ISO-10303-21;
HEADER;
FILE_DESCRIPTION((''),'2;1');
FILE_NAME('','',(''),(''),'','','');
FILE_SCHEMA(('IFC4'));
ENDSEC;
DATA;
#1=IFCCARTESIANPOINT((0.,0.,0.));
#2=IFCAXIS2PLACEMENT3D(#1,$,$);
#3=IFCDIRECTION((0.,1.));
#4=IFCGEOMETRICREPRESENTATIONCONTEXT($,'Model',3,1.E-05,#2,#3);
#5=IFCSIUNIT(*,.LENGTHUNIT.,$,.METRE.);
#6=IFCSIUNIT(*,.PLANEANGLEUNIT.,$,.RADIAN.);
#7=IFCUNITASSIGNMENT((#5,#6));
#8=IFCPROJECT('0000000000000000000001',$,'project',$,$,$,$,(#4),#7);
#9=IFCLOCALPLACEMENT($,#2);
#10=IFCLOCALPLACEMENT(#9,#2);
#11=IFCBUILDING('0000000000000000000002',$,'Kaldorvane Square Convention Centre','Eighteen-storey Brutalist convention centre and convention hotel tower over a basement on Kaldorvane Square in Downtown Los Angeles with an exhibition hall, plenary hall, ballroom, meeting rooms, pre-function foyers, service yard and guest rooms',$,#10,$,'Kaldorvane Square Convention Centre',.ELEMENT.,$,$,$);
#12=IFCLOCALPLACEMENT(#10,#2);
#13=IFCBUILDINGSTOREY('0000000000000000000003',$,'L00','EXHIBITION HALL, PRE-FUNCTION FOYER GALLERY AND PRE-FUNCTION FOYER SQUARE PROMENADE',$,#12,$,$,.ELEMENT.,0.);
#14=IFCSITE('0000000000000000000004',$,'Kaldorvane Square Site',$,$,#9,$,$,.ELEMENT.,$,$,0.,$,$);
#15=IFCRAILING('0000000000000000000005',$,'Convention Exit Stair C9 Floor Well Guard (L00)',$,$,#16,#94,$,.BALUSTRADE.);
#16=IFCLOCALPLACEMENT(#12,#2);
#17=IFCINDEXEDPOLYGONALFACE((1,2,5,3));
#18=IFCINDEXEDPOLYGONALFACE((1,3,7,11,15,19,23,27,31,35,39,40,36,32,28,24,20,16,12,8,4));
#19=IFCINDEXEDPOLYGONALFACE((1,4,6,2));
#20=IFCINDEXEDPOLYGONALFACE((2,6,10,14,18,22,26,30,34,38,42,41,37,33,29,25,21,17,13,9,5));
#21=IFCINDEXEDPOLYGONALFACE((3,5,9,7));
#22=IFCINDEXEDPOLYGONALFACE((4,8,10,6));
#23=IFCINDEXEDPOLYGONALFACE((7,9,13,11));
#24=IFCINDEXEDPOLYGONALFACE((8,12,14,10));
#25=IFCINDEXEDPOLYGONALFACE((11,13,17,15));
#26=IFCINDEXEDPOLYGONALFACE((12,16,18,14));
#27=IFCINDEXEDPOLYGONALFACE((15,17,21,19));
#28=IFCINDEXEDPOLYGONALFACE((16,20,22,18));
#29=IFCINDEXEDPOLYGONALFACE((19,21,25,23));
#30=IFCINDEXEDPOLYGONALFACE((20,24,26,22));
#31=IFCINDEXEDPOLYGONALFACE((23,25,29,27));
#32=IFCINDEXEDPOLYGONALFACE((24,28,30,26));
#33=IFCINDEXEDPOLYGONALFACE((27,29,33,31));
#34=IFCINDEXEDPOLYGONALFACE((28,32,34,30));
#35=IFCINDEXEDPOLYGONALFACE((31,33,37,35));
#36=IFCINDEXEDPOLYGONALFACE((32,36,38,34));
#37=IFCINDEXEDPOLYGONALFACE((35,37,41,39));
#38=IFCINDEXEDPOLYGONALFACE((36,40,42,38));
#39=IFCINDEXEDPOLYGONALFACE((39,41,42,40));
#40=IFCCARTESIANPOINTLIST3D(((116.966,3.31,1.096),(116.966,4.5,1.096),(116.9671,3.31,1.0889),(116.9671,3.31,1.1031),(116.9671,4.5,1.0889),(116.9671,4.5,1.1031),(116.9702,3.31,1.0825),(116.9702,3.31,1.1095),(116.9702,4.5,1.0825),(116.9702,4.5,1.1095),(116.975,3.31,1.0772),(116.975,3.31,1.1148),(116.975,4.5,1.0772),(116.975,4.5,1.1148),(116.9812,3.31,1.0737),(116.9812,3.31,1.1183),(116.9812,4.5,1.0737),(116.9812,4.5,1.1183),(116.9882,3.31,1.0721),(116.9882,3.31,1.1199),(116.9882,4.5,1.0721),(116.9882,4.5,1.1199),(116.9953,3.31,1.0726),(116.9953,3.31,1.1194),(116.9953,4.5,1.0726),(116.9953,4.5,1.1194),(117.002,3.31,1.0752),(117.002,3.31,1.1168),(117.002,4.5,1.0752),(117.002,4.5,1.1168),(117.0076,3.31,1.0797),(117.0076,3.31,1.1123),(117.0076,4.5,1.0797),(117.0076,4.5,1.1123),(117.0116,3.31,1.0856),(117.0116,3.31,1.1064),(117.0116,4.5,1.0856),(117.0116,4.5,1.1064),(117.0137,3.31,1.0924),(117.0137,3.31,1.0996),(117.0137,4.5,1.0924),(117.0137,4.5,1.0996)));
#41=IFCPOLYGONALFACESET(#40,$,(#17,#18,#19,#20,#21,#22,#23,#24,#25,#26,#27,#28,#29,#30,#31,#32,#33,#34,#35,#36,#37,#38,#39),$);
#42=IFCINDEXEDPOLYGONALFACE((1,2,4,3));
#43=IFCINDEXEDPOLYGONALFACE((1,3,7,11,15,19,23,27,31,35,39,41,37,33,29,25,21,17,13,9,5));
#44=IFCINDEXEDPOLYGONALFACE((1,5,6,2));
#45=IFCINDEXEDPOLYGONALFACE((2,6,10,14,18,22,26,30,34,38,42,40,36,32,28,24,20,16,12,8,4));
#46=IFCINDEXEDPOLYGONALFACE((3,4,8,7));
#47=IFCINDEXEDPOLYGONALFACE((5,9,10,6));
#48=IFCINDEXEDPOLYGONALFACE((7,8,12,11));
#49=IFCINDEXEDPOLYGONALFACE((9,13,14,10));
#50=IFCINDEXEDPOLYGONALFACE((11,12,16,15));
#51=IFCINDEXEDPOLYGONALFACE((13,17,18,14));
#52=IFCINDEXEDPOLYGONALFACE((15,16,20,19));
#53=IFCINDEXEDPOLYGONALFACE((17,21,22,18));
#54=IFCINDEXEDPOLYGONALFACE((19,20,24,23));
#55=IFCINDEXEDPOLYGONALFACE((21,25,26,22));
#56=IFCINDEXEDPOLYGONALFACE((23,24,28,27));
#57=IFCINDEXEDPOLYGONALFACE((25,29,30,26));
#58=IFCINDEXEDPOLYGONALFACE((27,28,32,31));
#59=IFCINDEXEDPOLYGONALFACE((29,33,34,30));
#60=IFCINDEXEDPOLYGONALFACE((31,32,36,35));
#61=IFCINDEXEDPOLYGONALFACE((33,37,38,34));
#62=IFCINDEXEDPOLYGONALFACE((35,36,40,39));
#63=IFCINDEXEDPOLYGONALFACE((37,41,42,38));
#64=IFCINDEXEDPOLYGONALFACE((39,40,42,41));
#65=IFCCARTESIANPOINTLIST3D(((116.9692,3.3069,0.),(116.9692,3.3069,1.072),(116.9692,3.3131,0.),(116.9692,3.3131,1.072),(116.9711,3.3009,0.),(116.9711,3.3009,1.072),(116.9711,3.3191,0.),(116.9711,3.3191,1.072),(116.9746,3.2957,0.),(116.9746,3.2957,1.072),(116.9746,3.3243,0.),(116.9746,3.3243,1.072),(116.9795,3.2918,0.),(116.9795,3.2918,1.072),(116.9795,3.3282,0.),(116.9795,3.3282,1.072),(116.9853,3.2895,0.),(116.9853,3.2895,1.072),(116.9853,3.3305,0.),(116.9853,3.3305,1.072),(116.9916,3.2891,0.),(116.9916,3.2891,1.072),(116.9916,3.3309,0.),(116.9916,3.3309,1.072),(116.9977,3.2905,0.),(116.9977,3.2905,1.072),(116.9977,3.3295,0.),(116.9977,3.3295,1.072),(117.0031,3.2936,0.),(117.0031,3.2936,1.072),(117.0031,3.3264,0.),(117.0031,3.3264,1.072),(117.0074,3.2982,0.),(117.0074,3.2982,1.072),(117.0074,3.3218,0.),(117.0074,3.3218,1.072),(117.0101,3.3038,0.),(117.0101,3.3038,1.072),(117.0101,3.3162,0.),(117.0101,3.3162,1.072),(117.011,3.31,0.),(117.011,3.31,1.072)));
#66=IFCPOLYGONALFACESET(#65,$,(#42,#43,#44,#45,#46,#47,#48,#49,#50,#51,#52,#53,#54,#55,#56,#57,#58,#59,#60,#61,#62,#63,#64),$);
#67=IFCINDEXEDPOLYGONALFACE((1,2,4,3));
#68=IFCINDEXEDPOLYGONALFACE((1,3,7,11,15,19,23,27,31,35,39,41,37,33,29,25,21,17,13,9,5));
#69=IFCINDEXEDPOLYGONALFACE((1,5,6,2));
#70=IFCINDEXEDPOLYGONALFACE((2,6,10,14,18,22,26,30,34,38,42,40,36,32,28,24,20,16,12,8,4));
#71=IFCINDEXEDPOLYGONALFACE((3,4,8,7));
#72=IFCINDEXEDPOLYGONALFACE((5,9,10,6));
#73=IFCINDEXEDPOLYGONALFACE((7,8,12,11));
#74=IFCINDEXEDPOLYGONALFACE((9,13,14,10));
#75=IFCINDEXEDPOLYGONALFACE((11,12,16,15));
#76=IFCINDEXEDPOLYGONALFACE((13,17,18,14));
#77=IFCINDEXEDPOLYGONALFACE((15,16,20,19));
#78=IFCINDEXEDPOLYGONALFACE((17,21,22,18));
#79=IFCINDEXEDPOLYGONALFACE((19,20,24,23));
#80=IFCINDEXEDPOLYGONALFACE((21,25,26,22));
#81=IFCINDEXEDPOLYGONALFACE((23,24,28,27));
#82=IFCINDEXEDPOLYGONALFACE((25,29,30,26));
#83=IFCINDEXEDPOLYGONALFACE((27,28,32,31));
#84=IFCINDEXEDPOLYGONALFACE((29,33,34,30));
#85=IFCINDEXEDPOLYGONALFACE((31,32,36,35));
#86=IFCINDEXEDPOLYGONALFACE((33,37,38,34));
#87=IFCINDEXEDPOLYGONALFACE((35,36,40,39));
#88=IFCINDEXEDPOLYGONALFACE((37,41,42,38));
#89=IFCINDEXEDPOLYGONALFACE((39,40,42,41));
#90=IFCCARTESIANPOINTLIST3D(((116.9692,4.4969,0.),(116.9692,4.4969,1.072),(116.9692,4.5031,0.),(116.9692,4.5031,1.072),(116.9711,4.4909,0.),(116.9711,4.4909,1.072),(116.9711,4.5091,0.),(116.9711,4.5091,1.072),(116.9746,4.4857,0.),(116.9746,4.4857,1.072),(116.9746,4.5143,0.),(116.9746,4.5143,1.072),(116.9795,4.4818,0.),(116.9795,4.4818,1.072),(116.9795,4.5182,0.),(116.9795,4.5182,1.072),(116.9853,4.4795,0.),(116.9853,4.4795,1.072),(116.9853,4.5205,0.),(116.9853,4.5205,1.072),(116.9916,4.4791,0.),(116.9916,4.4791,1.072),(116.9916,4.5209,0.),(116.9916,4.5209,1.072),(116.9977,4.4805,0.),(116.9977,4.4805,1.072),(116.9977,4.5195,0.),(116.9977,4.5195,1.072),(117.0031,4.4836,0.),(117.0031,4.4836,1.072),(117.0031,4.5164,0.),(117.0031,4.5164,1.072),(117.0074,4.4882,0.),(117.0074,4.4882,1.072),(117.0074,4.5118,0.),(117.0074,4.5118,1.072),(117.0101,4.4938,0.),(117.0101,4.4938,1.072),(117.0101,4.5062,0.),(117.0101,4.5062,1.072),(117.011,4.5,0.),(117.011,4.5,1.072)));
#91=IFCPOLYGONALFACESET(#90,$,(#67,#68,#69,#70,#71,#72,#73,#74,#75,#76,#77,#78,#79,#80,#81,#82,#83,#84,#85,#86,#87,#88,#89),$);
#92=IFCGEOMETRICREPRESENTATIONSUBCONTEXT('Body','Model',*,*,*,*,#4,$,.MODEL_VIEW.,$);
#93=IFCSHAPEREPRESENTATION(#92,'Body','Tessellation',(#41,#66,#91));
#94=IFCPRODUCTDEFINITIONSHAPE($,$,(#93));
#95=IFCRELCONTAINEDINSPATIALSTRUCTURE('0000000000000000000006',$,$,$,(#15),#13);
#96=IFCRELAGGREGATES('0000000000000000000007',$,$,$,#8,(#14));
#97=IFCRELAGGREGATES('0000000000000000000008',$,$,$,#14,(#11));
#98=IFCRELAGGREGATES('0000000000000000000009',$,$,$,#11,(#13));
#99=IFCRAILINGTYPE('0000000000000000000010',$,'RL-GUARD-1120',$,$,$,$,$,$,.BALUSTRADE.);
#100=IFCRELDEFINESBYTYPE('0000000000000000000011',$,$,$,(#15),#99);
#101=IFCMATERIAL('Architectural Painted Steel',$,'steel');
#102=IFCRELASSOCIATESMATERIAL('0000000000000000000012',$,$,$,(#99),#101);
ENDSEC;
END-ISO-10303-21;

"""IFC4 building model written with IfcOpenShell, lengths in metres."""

from ifc_helpers import new_model, si_unit, direction, frame, origin, origin_2d, place, context, subcontext, project, spatial, circle, extrude, material, type_object, element, save


model = new_model("IFC4")

# Units and contexts
model_context = context("Model", 3, precision=1e-05, world=origin(), true_north=direction((0.0, 1.0)))
body_context = subcontext(model_context, "Body", "Model", "MODEL_VIEW")
ifc_project = project(units=[si_unit("LENGTHUNIT", "METRE"), si_unit("PLANEANGLEUNIT", "RADIAN")], contexts=[model_context])

# Site, building, storey
site_placement = place(None, origin())
site = spatial("IfcSite", under=ifc_project, at=site_placement, Name="Kaldorvane Square Site", CompositionType="ELEMENT", RefElevation=0.0)
building_placement = place(site_placement, origin())
building = spatial("IfcBuilding", under=site, at=building_placement, Name="Kaldorvane Square Convention Centre", Description="Eighteen-storey Brutalist convention centre and convention hotel tower over a basement on Kaldorvane Square in Downtown Los Angeles with an exhibition hall, plenary hall, ballroom, meeting rooms, pre-function foyers, service yard and guest rooms", LongName="Kaldorvane Square Convention Centre", CompositionType="ELEMENT")
storey_placement = place(building_placement, origin())
storey = spatial("IfcBuildingStorey", under=building, at=storey_placement, Name="L00", Description="EXHIBITION HALL, PRE-FUNCTION FOYER GALLERY AND PRE-FUNCTION FOYER SQUARE PROMENADE", CompositionType="ELEMENT", Elevation=0.0)

# Railing
ifc_material_1 = material(Name="Architectural Painted Steel", Category="steel")
railing_type_1 = type_object("IfcRailingType", Name="RL-GUARD-1120", PredefinedType="BALUSTRADE", material=ifc_material_1)
railing_1_placement = place(storey_placement, frame((116.99, 3.31, 0.0)))
element("IfcRailing", 1, at=railing_1_placement, inside=storey, type_object=railing_type_1, Name="Convention Exit Stair C9 Floor Well Guard (L00)", PredefinedType="BALUSTRADE", context=body_context, shape_type="SweptSolid", body=[
    extrude(circle(Radius=0.024, at=origin_2d()), frame((0.0, 0.0, 1.096), z_axis=(0.0, 1.0, 0.0), x_axis=(-1.0, 0.0, 0.0)), (0.0, 0.0, 1.0), 1.19),
    extrude(circle(Radius=0.021, at=origin_2d()), origin(), (0.0, 0.0, 1.0), 1.072),
    extrude(circle(Radius=0.021, at=origin_2d()), frame((0.0, 1.19, 0.0)), (0.0, 0.0, 1.0), 1.072),
])

save(model, "model.ifc")
